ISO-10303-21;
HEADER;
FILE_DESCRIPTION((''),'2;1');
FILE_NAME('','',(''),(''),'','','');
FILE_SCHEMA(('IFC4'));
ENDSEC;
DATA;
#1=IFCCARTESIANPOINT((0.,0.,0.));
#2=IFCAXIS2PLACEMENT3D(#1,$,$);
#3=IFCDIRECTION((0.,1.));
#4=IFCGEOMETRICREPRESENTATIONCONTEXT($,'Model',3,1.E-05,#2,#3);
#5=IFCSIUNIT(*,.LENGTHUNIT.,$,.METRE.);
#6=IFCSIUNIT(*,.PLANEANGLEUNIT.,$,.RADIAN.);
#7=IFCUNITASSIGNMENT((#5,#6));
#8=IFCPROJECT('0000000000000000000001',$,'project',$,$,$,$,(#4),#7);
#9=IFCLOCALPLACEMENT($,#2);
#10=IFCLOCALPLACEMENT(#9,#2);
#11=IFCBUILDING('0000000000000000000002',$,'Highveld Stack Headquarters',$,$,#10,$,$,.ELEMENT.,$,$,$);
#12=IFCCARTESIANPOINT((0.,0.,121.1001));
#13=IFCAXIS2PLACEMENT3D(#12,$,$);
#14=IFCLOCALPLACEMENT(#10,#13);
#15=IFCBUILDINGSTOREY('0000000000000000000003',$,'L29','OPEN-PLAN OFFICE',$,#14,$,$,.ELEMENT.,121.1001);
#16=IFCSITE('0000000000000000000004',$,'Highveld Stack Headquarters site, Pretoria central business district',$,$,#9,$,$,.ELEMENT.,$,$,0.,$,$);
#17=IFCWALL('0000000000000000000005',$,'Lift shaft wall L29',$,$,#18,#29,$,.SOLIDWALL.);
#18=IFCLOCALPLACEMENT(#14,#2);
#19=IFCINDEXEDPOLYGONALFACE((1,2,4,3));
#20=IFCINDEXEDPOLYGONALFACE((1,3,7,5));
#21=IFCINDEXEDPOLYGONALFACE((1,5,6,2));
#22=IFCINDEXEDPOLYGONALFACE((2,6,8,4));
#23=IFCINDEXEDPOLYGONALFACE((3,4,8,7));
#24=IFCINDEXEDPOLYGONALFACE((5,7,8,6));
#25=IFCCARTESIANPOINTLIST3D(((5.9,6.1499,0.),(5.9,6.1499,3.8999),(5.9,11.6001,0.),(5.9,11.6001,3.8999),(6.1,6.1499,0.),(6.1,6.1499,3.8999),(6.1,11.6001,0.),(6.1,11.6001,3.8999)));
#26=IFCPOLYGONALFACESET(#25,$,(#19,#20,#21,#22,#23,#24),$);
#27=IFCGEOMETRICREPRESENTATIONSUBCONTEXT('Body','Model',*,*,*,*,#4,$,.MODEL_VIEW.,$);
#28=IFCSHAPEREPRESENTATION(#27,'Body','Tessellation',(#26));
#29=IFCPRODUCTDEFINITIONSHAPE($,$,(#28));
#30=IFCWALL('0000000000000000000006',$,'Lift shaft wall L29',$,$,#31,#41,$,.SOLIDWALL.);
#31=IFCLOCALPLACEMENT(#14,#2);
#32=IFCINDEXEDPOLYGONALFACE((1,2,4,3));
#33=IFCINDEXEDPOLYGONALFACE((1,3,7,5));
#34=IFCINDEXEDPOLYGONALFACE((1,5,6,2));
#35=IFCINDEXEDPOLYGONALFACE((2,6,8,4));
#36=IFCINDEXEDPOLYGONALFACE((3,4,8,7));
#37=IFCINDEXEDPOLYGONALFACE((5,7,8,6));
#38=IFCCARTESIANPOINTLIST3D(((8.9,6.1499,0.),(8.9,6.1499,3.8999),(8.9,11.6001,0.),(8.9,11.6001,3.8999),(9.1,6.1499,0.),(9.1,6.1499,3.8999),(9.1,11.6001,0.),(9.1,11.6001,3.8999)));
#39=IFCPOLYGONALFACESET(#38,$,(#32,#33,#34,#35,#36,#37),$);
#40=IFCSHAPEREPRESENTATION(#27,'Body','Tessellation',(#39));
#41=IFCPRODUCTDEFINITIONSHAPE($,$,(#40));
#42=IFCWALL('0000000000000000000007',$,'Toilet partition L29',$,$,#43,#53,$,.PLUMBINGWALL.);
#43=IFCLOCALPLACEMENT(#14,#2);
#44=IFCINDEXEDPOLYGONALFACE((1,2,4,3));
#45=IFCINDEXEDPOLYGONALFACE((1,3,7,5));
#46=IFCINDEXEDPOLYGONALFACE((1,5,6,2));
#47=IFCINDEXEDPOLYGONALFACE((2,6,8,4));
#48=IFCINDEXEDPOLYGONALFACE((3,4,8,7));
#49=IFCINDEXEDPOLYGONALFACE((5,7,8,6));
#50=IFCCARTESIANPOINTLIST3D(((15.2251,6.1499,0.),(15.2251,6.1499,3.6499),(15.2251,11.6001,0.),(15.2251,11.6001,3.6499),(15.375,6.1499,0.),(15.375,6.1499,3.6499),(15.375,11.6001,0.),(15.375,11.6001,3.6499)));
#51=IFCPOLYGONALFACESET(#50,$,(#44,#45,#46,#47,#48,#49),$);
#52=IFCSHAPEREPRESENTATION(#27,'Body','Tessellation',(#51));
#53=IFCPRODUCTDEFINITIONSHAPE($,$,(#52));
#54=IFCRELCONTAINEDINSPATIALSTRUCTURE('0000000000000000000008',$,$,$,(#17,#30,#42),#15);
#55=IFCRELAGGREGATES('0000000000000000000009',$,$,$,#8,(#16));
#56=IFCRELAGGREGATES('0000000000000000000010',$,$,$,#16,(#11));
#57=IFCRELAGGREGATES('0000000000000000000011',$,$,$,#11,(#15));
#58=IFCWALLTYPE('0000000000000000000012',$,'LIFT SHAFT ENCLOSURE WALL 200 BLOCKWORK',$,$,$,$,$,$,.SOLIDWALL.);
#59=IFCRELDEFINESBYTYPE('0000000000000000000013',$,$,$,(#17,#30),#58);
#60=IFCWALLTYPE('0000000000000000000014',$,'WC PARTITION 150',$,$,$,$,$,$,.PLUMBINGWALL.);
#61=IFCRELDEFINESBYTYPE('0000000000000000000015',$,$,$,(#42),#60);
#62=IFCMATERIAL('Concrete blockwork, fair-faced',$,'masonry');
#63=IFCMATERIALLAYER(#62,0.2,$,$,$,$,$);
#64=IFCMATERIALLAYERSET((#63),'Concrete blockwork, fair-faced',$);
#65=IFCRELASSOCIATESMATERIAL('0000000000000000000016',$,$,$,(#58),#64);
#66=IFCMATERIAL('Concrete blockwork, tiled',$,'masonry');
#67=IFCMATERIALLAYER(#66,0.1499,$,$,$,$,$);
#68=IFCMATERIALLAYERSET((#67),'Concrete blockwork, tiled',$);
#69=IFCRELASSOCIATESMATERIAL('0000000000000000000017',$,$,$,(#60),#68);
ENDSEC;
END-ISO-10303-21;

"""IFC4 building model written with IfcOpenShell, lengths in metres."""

from ifc_helpers import new_model, si_unit, direction, frame, frame_2d, origin, place, context, subcontext, project, spatial, rectangle, extrude, material, layer, layer_set, type_object, element, save


model = new_model("IFC4")

# Units and contexts
model_context = context("Model", 3, precision=1e-05, world=origin(), true_north=direction((0.0, 1.0)))
body_context = subcontext(model_context, "Body", "Model", "MODEL_VIEW")
ifc_project = project(units=[si_unit("LENGTHUNIT", "METRE"), si_unit("PLANEANGLEUNIT", "RADIAN")], contexts=[model_context])

# Site, building, storey
site_placement = place(None, origin())
site = spatial("IfcSite", under=ifc_project, at=site_placement, Name="Highveld Stack Headquarters site, Pretoria central business district", CompositionType="ELEMENT", RefElevation=0.0)
building_placement = place(site_placement, origin())
building = spatial("IfcBuilding", under=site, at=building_placement, Name="Highveld Stack Headquarters", CompositionType="ELEMENT")
storey_placement = place(building_placement, frame((0.0, 0.0, 121.1001)))
storey = spatial("IfcBuildingStorey", under=building, at=storey_placement, Name="L29", Description="OPEN-PLAN OFFICE", CompositionType="ELEMENT", Elevation=121.1001)

# Walls
ifc_material_1 = material(Name="Concrete blockwork, fair-faced", Category="masonry")
ifc_layer_1 = layer(ifc_material_1, 0.2)
ifc_layer_set_1 = layer_set([ifc_layer_1], Name="Concrete blockwork, fair-faced")
wall_type_1 = type_object("IfcWallType", Name="LIFT SHAFT ENCLOSURE WALL 200 BLOCKWORK", PredefinedType="SOLIDWALL", material=ifc_layer_set_1)
for number, where, z_axis, x_axis, name in (
    (1, (6.0, 6.1499, 0.0), (0.0, 0.0, 1.0), (0.0, 1.0, 0.0), "Lift shaft wall L29"),
    (2, (9.0, 6.1499, 0.0), (0.0, 0.0, 1.0), (0.0, 1.0, 0.0), "Lift shaft wall L29"),
):
    element("IfcWall", number, at=place(storey_placement, frame(where, z_axis=z_axis, x_axis=x_axis)), inside=storey, type_object=wall_type_1, Name=name, PredefinedType="SOLIDWALL", context=body_context, shape_type="SweptSolid", body=[
        extrude(rectangle(XDim=5.4502, YDim=0.2, at=frame_2d((2.7251, 0.0))), origin(), (0.0, 0.0, 1.0), 3.8999),
    ])
ifc_material_2 = material(Name="Concrete blockwork, tiled", Category="masonry")
ifc_layer_2 = layer(ifc_material_2, 0.1499)
ifc_layer_set_2 = layer_set([ifc_layer_2], Name="Concrete blockwork, tiled")
wall_type_2 = type_object("IfcWallType", Name="WC PARTITION 150", PredefinedType="PLUMBINGWALL", material=ifc_layer_set_2)
wall_1_placement = place(storey_placement, frame((15.3, 6.1499, 0.0), z_axis=(0.0, 0.0, 1.0), x_axis=(0.0, 1.0, 0.0)))
element("IfcWall", 3, at=wall_1_placement, inside=storey, type_object=wall_type_2, Name="Toilet partition L29", PredefinedType="PLUMBINGWALL", context=body_context, shape_type="SweptSolid", body=[
    extrude(rectangle(XDim=5.4502, YDim=0.1499, at=frame_2d((2.7251, 0.0))), origin(), (0.0, 0.0, 1.0), 3.6499),
])

save(model, "model.ifc")
